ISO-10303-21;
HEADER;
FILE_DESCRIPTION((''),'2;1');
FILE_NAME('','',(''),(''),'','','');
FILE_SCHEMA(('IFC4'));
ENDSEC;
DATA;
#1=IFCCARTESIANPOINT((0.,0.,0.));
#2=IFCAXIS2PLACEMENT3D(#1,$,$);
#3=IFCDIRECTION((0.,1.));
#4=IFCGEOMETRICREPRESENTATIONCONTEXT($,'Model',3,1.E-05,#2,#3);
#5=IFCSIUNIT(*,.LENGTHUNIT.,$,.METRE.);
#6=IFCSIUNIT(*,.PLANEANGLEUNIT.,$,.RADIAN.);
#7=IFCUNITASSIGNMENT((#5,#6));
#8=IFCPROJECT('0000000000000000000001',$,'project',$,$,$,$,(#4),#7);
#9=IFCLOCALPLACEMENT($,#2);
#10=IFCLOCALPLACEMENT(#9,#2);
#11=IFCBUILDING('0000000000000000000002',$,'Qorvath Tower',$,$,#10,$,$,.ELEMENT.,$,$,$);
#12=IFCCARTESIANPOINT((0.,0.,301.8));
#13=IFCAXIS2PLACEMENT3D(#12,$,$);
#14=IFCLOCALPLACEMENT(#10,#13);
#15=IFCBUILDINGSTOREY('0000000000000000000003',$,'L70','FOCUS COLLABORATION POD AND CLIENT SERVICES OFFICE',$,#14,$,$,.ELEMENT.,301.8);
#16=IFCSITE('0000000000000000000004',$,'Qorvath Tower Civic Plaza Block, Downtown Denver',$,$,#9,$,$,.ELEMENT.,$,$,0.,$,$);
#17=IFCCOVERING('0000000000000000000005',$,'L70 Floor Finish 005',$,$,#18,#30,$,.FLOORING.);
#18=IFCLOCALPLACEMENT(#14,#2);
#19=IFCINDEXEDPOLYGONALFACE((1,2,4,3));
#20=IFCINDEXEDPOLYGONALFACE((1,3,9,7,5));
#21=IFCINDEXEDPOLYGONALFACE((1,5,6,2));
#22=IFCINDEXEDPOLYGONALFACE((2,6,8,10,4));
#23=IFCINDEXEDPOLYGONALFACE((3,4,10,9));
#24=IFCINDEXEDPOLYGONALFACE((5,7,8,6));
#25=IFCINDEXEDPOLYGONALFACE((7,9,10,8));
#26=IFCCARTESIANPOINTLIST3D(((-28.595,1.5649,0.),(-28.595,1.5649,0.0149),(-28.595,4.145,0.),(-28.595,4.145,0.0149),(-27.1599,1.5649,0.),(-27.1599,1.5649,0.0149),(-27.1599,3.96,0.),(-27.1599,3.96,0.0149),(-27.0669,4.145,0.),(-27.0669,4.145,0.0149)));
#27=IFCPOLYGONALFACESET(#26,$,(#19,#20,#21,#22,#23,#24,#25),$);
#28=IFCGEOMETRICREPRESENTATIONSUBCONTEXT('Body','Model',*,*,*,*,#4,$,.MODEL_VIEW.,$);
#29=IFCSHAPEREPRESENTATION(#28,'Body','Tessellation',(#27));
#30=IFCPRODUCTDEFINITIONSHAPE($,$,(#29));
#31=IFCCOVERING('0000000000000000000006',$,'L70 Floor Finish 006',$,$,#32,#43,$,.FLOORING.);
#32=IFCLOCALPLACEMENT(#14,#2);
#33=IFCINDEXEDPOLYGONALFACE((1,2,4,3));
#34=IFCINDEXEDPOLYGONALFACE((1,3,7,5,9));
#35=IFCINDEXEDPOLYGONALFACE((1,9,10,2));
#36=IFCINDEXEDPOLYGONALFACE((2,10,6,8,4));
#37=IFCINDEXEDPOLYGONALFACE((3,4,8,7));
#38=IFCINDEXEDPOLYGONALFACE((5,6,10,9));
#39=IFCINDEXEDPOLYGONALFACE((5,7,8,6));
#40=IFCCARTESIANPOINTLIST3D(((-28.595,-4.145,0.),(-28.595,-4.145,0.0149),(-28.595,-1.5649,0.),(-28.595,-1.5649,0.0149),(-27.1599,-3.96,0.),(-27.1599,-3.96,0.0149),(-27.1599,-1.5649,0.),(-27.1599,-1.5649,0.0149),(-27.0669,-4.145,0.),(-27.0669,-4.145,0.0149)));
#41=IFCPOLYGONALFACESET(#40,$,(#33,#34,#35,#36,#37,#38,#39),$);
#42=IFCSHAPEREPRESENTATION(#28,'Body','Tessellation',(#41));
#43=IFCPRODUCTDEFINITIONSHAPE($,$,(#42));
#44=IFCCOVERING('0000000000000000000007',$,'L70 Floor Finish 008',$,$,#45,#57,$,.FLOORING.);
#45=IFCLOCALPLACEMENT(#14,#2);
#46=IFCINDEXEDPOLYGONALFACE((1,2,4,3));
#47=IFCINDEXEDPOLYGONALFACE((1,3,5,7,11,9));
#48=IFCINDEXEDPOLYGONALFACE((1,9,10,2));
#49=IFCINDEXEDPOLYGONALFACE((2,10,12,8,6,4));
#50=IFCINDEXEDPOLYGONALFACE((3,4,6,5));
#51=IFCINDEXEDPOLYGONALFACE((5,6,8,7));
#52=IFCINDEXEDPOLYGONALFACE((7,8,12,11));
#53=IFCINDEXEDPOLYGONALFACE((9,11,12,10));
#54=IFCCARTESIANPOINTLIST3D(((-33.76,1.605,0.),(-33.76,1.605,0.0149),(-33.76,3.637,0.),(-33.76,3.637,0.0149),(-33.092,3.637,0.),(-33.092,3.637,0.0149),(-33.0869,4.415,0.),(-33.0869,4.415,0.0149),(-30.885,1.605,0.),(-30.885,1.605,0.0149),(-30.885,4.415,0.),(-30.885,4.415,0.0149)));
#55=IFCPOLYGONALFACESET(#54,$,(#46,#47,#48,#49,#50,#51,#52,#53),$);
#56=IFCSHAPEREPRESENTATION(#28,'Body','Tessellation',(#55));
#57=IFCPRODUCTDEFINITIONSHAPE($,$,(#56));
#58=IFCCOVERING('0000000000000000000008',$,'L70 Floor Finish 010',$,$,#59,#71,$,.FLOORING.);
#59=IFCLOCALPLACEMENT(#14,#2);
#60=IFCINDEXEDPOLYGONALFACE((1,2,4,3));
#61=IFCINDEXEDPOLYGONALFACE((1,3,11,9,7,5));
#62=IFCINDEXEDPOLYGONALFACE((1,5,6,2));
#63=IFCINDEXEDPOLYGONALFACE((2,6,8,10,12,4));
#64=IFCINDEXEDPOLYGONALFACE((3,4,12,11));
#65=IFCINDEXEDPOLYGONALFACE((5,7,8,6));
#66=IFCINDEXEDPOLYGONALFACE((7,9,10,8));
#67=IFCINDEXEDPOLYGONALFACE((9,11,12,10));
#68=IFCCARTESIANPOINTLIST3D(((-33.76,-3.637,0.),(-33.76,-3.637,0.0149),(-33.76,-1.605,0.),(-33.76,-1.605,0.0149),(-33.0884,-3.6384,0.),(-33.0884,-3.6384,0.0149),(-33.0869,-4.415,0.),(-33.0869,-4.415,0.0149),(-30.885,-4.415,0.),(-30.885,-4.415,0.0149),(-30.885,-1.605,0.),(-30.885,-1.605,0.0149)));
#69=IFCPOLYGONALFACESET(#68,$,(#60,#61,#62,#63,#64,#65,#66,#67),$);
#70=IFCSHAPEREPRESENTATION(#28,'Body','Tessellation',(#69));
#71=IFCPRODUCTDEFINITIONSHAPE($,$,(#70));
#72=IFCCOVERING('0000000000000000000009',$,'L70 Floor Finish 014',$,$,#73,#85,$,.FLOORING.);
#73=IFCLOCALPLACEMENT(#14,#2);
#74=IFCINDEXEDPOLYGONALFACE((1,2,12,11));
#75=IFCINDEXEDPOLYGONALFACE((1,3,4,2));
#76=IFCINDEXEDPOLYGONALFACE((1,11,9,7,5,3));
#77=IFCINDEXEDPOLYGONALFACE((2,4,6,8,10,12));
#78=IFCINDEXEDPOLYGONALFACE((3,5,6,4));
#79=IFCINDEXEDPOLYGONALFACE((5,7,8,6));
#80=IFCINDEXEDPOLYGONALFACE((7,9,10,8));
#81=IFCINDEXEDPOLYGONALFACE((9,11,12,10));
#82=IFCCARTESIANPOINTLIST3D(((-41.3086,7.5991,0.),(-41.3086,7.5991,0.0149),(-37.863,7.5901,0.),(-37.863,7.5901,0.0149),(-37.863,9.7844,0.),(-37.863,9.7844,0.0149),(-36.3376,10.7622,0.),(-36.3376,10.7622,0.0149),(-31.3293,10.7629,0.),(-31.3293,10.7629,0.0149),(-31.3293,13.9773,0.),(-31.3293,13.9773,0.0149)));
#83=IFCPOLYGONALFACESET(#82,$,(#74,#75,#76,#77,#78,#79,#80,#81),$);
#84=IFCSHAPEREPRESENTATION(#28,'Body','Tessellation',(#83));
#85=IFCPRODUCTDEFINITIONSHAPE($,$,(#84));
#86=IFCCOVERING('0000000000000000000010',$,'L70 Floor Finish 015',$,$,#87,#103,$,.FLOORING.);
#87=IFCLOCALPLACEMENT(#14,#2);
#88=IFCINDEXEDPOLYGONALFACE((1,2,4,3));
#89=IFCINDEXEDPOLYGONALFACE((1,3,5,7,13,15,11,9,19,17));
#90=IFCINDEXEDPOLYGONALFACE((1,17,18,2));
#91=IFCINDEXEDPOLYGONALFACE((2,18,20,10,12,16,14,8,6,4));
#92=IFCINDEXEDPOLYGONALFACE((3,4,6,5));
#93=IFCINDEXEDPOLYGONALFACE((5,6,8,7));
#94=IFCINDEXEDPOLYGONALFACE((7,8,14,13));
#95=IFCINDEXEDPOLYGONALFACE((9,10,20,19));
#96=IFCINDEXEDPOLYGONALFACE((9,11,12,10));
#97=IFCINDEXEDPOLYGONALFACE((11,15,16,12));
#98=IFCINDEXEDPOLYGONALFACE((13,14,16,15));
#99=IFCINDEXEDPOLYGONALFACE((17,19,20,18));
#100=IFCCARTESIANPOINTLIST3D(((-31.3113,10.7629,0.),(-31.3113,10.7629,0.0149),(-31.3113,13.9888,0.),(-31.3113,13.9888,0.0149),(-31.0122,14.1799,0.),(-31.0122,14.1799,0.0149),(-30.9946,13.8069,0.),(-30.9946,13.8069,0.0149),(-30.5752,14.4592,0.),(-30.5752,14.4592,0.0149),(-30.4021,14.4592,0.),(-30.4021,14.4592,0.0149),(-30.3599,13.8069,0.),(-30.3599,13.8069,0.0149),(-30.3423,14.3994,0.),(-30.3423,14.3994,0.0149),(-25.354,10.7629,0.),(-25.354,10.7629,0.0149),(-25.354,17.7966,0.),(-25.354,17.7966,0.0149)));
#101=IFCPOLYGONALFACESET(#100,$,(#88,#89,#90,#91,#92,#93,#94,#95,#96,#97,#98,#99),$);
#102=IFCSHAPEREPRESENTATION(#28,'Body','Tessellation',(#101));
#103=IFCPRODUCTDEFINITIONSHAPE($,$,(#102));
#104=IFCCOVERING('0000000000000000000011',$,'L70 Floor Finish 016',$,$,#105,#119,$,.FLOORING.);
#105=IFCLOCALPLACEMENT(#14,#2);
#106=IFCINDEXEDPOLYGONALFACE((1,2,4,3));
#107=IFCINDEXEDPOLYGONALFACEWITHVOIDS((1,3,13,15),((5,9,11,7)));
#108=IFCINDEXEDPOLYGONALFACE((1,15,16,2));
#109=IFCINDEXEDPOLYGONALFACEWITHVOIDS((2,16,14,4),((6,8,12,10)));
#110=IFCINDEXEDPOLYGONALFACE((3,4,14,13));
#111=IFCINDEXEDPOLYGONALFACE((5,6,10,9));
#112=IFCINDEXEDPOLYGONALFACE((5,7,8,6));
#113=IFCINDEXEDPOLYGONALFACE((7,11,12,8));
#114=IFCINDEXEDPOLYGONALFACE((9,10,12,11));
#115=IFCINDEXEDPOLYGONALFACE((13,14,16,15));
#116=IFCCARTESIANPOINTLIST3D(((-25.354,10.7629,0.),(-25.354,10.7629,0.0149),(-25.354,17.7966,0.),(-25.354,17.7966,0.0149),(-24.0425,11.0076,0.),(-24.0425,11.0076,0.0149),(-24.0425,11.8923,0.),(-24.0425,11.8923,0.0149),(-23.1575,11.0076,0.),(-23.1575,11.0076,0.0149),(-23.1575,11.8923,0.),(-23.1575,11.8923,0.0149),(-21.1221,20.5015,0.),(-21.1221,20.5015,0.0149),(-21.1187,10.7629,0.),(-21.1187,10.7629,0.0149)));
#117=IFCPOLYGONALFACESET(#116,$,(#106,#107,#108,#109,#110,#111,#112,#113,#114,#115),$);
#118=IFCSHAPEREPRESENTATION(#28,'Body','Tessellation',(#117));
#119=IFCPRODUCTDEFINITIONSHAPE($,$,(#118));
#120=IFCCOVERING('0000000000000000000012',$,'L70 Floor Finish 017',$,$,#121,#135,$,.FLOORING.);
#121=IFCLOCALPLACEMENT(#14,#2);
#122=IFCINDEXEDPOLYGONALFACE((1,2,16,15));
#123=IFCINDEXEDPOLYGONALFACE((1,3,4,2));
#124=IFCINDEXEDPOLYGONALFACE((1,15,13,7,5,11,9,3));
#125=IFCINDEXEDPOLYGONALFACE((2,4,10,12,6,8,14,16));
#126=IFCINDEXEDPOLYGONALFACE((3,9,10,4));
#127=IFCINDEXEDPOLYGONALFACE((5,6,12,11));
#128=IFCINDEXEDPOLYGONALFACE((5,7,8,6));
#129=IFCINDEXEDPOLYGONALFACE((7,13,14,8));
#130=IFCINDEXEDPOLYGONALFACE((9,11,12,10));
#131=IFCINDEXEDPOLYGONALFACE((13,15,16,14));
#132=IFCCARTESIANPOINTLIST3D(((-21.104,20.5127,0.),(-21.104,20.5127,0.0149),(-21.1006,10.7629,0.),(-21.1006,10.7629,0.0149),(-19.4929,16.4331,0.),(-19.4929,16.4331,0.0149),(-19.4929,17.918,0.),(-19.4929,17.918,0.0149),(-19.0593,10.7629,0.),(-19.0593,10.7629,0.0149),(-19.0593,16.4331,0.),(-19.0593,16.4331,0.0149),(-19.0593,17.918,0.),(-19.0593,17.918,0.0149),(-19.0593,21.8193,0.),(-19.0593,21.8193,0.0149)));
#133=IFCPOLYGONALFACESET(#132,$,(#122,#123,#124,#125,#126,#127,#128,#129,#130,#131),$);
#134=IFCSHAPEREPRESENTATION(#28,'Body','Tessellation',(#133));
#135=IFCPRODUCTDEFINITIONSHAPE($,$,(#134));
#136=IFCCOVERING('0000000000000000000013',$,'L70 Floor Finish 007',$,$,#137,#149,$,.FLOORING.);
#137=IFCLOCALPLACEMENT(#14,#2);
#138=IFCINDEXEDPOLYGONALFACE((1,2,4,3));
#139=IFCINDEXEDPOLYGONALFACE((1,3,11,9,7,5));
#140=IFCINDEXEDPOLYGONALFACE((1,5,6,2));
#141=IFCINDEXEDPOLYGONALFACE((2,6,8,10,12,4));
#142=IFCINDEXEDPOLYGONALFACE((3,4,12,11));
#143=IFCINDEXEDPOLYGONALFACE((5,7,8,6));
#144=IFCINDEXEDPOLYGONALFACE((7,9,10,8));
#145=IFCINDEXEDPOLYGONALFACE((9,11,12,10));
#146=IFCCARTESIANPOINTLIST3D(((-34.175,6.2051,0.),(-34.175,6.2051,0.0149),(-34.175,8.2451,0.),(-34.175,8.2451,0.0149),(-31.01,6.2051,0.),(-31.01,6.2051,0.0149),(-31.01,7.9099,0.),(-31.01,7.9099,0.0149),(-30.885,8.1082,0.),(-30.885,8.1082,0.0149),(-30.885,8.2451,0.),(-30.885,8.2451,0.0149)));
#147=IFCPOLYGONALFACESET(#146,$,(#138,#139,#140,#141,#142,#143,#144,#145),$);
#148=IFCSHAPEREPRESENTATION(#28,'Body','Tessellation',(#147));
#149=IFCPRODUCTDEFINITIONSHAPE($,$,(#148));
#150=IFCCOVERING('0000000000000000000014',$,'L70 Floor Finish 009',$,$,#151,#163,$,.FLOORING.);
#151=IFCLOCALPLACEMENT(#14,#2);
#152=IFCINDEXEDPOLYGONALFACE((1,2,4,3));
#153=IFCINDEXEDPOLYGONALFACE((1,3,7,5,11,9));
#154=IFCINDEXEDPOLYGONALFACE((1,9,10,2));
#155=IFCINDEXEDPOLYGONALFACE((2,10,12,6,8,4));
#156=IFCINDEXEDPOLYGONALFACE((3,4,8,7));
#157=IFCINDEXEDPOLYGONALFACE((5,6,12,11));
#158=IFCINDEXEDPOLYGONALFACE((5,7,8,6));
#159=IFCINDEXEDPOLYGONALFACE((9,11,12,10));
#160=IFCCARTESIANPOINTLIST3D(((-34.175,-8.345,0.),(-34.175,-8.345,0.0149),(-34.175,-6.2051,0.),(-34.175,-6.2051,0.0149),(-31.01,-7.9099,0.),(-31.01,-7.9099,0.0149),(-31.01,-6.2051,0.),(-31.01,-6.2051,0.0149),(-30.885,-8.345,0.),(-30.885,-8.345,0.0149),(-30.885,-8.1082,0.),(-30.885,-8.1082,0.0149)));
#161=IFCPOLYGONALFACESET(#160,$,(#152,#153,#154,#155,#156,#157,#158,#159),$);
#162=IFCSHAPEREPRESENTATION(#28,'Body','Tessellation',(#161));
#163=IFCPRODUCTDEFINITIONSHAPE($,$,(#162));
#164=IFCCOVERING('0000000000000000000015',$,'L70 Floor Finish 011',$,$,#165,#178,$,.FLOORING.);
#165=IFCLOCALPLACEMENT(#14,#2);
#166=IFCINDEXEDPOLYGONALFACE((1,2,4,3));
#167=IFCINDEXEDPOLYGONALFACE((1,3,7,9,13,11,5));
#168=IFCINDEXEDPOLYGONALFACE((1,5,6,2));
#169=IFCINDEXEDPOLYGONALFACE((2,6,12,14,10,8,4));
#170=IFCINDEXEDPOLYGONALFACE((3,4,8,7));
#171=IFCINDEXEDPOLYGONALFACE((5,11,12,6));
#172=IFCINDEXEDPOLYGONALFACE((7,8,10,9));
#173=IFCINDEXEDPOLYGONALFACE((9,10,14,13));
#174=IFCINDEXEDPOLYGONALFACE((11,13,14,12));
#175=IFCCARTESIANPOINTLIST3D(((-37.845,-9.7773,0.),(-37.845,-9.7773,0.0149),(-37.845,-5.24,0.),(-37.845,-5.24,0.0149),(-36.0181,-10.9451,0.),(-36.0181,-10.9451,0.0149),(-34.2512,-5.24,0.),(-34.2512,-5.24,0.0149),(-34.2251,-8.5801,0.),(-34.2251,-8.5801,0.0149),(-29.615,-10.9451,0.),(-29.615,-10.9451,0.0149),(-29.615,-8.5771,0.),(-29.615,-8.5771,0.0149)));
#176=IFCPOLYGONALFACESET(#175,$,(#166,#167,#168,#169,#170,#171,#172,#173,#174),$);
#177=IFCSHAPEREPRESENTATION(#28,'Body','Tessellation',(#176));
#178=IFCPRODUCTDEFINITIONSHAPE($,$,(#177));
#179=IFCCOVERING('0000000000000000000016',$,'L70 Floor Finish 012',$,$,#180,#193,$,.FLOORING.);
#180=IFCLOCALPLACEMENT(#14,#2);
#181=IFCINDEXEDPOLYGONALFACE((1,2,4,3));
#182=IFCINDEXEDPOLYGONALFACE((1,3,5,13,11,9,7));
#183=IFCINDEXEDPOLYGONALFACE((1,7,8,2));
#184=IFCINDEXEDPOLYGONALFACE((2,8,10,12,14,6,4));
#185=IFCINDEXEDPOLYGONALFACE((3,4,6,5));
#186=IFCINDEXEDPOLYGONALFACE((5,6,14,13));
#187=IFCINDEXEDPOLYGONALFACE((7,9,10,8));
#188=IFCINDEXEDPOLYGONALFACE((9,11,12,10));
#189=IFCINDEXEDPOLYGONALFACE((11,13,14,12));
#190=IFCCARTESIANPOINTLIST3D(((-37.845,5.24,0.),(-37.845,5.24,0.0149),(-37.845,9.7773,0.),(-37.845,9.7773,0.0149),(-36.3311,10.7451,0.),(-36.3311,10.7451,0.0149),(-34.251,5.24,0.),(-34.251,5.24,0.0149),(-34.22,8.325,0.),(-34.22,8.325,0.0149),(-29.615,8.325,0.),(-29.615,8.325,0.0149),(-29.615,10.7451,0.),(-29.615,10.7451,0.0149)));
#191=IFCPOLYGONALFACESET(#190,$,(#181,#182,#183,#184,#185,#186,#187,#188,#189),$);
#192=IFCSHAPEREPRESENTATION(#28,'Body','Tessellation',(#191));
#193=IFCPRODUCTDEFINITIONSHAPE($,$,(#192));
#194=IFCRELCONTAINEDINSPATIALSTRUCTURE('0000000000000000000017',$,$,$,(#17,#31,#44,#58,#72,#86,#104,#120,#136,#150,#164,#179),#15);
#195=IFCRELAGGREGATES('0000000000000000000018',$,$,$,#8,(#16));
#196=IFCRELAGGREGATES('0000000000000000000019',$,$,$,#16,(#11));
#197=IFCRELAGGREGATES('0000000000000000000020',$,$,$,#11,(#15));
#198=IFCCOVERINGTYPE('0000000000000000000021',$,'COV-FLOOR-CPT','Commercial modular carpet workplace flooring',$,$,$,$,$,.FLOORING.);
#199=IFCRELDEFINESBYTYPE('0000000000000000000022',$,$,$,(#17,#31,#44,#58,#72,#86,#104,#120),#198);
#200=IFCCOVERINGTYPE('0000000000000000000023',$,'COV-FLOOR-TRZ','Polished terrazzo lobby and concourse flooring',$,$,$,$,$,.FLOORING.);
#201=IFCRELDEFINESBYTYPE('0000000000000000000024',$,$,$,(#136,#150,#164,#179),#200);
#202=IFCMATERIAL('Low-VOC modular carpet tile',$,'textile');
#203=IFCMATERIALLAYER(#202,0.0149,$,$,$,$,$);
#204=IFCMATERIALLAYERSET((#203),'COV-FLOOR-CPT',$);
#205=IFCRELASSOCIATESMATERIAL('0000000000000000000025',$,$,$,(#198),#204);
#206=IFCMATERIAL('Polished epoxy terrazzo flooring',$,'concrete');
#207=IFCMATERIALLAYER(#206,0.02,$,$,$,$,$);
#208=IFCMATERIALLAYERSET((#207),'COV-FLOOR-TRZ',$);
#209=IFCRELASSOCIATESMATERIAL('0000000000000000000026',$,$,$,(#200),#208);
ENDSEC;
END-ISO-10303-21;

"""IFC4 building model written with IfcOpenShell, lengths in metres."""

from ifc_helpers import new_model, si_unit, direction, frame, origin, place, context, subcontext, project, spatial, polyline, outline, extrude, material, layer, layer_set, type_object, element, save


model = new_model("IFC4")

# Units and contexts
model_context = context("Model", 3, precision=1e-05, world=origin(), true_north=direction((0.0, 1.0)))
body_context = subcontext(model_context, "Body", "Model", "MODEL_VIEW")
ifc_project = project(units=[si_unit("LENGTHUNIT", "METRE"), si_unit("PLANEANGLEUNIT", "RADIAN")], contexts=[model_context])

# Site, building, storey
site_placement = place(None, origin())
site = spatial("IfcSite", under=ifc_project, at=site_placement, Name="Qorvath Tower Civic Plaza Block, Downtown Denver", CompositionType="ELEMENT", RefElevation=0.0)
building_placement = place(site_placement, origin())
building = spatial("IfcBuilding", under=site, at=building_placement, Name="Qorvath Tower", CompositionType="ELEMENT")
storey_placement = place(building_placement, frame((0.0, 0.0, 301.8)))
storey = spatial("IfcBuildingStorey", under=building, at=storey_placement, Name="L70", Description="FOCUS COLLABORATION POD AND CLIENT SERVICES OFFICE", CompositionType="ELEMENT", Elevation=301.8)

# Coverings
ifc_material_1 = material(Name="Low-VOC modular carpet tile", Category="textile")
ifc_layer_1 = layer(ifc_material_1, 0.0149)
ifc_layer_set_1 = layer_set([ifc_layer_1], Name="COV-FLOOR-CPT")
covering_type_1 = type_object("IfcCoveringType", Name="COV-FLOOR-CPT", Description="Commercial modular carpet workplace flooring", PredefinedType="FLOORING", material=ifc_layer_set_1)
covering_1_placement = place(storey_placement, origin())
element("IfcCovering", 1, at=covering_1_placement, inside=storey, type_object=covering_type_1, Name="L70 Floor Finish 005", PredefinedType="FLOORING", context=body_context, shape_type="SweptSolid", body=[
    extrude(outline(polyline([(-27.1599, 1.5649), (-27.1599, 3.96), (-27.0669, 4.145), (-28.595, 4.145), (-28.595, 1.5649), (-27.1599, 1.5649)])), origin(), (0.0, 0.0, 1.0), 0.0149),
])
covering_2_placement = place(storey_placement, origin())
element("IfcCovering", 2, at=covering_2_placement, inside=storey, type_object=covering_type_1, Name="L70 Floor Finish 006", PredefinedType="FLOORING", context=body_context, shape_type="SweptSolid", body=[
    extrude(outline(polyline([(-27.0669, -4.145), (-27.1599, -3.96), (-27.1599, -1.5649), (-28.595, -1.5649), (-28.595, -4.145), (-27.0669, -4.145)])), origin(), (0.0, 0.0, 1.0), 0.0149),
])
covering_3_placement = place(storey_placement, origin())
element("IfcCovering", 3, at=covering_3_placement, inside=storey, type_object=covering_type_1, Name="L70 Floor Finish 008", PredefinedType="FLOORING", context=body_context, shape_type="SweptSolid", body=[
    extrude(outline(polyline([(-33.76, 3.637), (-33.76, 1.605), (-30.885, 1.605), (-30.885, 4.415), (-33.0869, 4.415), (-33.092, 3.637), (-33.76, 3.637)])), origin(), (0.0, 0.0, 1.0), 0.0149),
])
covering_4_placement = place(storey_placement, origin())
element("IfcCovering", 4, at=covering_4_placement, inside=storey, type_object=covering_type_1, Name="L70 Floor Finish 010", PredefinedType="FLOORING", context=body_context, shape_type="SweptSolid", body=[
    extrude(outline(polyline([(-30.885, -4.415), (-30.885, -1.605), (-33.76, -1.605), (-33.76, -3.637), (-33.0884, -3.6384), (-33.0869, -4.415), (-30.885, -4.415)])), origin(), (0.0, 0.0, 1.0), 0.0149),
])
covering_5_placement = place(storey_placement, origin())
element("IfcCovering", 5, at=covering_5_placement, inside=storey, type_object=covering_type_1, Name="L70 Floor Finish 014", PredefinedType="FLOORING", context=body_context, shape_type="SweptSolid", body=[
    extrude(outline(polyline([(-31.3293, 13.9773), (-41.3086, 7.5991), (-37.863, 7.5901), (-37.863, 9.7844), (-36.3376, 10.7622), (-31.3293, 10.7629), (-31.3293, 13.9773)])), origin(), (0.0, 0.0, 1.0), 0.0149),
])
covering_6_placement = place(storey_placement, origin())
element("IfcCovering", 6, at=covering_6_placement, inside=storey, type_object=covering_type_1, Name="L70 Floor Finish 015", PredefinedType="FLOORING", context=body_context, shape_type="SweptSolid", body=[
    extrude(outline(polyline([(-25.354, 10.7629), (-25.354, 17.7966), (-30.5752, 14.4592), (-30.4021, 14.4592), (-30.3423, 14.3994), (-30.3599, 13.8069), (-30.9946, 13.8069), (-31.0122, 14.1799), (-31.3113, 13.9888), (-31.3113, 10.7629), (-25.354, 10.7629)])), origin(), (0.0, 0.0, 1.0), 0.0149),
])
covering_7_placement = place(storey_placement, origin())
element("IfcCovering", 7, at=covering_7_placement, inside=storey, type_object=covering_type_1, Name="L70 Floor Finish 016", PredefinedType="FLOORING", context=body_context, shape_type="SweptSolid", body=[
    extrude(outline(polyline([(-21.1187, 10.7629), (-21.1221, 20.5015), (-25.354, 17.7966), (-25.354, 10.7629), (-21.1187, 10.7629)]), holes=[polyline([(-24.0425, 11.0076), (-24.0425, 11.8923), (-23.1575, 11.8923), (-23.1575, 11.0076), (-24.0425, 11.0076)])]), origin(), (0.0, 0.0, 1.0), 0.0149),
])
covering_8_placement = place(storey_placement, origin())
element("IfcCovering", 8, at=covering_8_placement, inside=storey, type_object=covering_type_1, Name="L70 Floor Finish 017", PredefinedType="FLOORING", context=body_context, shape_type="SweptSolid", body=[
    extrude(outline(polyline([(-19.0593, 10.7629), (-19.0593, 16.4331), (-19.4929, 16.4331), (-19.4929, 17.918), (-19.0593, 17.918), (-19.0593, 21.8193), (-21.104, 20.5127), (-21.1006, 10.7629), (-19.0593, 10.7629)])), origin(), (0.0, 0.0, 1.0), 0.0149),
])
ifc_material_2 = material(Name="Polished epoxy terrazzo flooring", Category="concrete")
ifc_layer_2 = layer(ifc_material_2, 0.02)
ifc_layer_set_2 = layer_set([ifc_layer_2], Name="COV-FLOOR-TRZ")
covering_type_2 = type_object("IfcCoveringType", Name="COV-FLOOR-TRZ", Description="Polished terrazzo lobby and concourse flooring", PredefinedType="FLOORING", material=ifc_layer_set_2)
covering_9_placement = place(storey_placement, origin())
element("IfcCovering", 9, at=covering_9_placement, inside=storey, type_object=covering_type_2, Name="L70 Floor Finish 007", PredefinedType="FLOORING", context=body_context, shape_type="SweptSolid", body=[
    extrude(outline(polyline([(-31.01, 6.2051), (-31.01, 7.9099), (-30.885, 8.1082), (-30.885, 8.2451), (-34.175, 8.2451), (-34.175, 6.2051), (-31.01, 6.2051)])), origin(), (0.0, 0.0, 1.0), 0.0149),
])
covering_10_placement = place(storey_placement, origin())
element("IfcCovering", 10, at=covering_10_placement, inside=storey, type_object=covering_type_2, Name="L70 Floor Finish 009", PredefinedType="FLOORING", context=body_context, shape_type="SweptSolid", body=[
    extrude(outline(polyline([(-30.885, -8.345), (-30.885, -8.1082), (-31.01, -7.9099), (-31.01, -6.2051), (-34.175, -6.2051), (-34.175, -8.345), (-30.885, -8.345)])), origin(), (0.0, 0.0, 1.0), 0.0149),
])
covering_11_placement = place(storey_placement, origin())
element("IfcCovering", 11, at=covering_11_placement, inside=storey, type_object=covering_type_2, Name="L70 Floor Finish 011", PredefinedType="FLOORING", context=body_context, shape_type="SweptSolid", body=[
    extrude(outline(polyline([(-34.2251, -8.5801), (-34.2512, -5.24), (-37.845, -5.24), (-37.845, -9.7773), (-36.0181, -10.9451), (-29.615, -10.9451), (-29.615, -8.5771), (-34.2251, -8.5801)])), origin(), (0.0, 0.0, 1.0), 0.0149),
])
covering_12_placement = place(storey_placement, origin())
element("IfcCovering", 12, at=covering_12_placement, inside=storey, type_object=covering_type_2, Name="L70 Floor Finish 012", PredefinedType="FLOORING", context=body_context, shape_type="SweptSolid", body=[
    extrude(outline(polyline([(-29.615, 8.325), (-29.615, 10.7451), (-36.3311, 10.7451), (-37.845, 9.7773), (-37.845, 5.24), (-34.251, 5.24), (-34.22, 8.325), (-29.615, 8.325)])), origin(), (0.0, 0.0, 1.0), 0.0149),
])

save(model, "model.ifc")
